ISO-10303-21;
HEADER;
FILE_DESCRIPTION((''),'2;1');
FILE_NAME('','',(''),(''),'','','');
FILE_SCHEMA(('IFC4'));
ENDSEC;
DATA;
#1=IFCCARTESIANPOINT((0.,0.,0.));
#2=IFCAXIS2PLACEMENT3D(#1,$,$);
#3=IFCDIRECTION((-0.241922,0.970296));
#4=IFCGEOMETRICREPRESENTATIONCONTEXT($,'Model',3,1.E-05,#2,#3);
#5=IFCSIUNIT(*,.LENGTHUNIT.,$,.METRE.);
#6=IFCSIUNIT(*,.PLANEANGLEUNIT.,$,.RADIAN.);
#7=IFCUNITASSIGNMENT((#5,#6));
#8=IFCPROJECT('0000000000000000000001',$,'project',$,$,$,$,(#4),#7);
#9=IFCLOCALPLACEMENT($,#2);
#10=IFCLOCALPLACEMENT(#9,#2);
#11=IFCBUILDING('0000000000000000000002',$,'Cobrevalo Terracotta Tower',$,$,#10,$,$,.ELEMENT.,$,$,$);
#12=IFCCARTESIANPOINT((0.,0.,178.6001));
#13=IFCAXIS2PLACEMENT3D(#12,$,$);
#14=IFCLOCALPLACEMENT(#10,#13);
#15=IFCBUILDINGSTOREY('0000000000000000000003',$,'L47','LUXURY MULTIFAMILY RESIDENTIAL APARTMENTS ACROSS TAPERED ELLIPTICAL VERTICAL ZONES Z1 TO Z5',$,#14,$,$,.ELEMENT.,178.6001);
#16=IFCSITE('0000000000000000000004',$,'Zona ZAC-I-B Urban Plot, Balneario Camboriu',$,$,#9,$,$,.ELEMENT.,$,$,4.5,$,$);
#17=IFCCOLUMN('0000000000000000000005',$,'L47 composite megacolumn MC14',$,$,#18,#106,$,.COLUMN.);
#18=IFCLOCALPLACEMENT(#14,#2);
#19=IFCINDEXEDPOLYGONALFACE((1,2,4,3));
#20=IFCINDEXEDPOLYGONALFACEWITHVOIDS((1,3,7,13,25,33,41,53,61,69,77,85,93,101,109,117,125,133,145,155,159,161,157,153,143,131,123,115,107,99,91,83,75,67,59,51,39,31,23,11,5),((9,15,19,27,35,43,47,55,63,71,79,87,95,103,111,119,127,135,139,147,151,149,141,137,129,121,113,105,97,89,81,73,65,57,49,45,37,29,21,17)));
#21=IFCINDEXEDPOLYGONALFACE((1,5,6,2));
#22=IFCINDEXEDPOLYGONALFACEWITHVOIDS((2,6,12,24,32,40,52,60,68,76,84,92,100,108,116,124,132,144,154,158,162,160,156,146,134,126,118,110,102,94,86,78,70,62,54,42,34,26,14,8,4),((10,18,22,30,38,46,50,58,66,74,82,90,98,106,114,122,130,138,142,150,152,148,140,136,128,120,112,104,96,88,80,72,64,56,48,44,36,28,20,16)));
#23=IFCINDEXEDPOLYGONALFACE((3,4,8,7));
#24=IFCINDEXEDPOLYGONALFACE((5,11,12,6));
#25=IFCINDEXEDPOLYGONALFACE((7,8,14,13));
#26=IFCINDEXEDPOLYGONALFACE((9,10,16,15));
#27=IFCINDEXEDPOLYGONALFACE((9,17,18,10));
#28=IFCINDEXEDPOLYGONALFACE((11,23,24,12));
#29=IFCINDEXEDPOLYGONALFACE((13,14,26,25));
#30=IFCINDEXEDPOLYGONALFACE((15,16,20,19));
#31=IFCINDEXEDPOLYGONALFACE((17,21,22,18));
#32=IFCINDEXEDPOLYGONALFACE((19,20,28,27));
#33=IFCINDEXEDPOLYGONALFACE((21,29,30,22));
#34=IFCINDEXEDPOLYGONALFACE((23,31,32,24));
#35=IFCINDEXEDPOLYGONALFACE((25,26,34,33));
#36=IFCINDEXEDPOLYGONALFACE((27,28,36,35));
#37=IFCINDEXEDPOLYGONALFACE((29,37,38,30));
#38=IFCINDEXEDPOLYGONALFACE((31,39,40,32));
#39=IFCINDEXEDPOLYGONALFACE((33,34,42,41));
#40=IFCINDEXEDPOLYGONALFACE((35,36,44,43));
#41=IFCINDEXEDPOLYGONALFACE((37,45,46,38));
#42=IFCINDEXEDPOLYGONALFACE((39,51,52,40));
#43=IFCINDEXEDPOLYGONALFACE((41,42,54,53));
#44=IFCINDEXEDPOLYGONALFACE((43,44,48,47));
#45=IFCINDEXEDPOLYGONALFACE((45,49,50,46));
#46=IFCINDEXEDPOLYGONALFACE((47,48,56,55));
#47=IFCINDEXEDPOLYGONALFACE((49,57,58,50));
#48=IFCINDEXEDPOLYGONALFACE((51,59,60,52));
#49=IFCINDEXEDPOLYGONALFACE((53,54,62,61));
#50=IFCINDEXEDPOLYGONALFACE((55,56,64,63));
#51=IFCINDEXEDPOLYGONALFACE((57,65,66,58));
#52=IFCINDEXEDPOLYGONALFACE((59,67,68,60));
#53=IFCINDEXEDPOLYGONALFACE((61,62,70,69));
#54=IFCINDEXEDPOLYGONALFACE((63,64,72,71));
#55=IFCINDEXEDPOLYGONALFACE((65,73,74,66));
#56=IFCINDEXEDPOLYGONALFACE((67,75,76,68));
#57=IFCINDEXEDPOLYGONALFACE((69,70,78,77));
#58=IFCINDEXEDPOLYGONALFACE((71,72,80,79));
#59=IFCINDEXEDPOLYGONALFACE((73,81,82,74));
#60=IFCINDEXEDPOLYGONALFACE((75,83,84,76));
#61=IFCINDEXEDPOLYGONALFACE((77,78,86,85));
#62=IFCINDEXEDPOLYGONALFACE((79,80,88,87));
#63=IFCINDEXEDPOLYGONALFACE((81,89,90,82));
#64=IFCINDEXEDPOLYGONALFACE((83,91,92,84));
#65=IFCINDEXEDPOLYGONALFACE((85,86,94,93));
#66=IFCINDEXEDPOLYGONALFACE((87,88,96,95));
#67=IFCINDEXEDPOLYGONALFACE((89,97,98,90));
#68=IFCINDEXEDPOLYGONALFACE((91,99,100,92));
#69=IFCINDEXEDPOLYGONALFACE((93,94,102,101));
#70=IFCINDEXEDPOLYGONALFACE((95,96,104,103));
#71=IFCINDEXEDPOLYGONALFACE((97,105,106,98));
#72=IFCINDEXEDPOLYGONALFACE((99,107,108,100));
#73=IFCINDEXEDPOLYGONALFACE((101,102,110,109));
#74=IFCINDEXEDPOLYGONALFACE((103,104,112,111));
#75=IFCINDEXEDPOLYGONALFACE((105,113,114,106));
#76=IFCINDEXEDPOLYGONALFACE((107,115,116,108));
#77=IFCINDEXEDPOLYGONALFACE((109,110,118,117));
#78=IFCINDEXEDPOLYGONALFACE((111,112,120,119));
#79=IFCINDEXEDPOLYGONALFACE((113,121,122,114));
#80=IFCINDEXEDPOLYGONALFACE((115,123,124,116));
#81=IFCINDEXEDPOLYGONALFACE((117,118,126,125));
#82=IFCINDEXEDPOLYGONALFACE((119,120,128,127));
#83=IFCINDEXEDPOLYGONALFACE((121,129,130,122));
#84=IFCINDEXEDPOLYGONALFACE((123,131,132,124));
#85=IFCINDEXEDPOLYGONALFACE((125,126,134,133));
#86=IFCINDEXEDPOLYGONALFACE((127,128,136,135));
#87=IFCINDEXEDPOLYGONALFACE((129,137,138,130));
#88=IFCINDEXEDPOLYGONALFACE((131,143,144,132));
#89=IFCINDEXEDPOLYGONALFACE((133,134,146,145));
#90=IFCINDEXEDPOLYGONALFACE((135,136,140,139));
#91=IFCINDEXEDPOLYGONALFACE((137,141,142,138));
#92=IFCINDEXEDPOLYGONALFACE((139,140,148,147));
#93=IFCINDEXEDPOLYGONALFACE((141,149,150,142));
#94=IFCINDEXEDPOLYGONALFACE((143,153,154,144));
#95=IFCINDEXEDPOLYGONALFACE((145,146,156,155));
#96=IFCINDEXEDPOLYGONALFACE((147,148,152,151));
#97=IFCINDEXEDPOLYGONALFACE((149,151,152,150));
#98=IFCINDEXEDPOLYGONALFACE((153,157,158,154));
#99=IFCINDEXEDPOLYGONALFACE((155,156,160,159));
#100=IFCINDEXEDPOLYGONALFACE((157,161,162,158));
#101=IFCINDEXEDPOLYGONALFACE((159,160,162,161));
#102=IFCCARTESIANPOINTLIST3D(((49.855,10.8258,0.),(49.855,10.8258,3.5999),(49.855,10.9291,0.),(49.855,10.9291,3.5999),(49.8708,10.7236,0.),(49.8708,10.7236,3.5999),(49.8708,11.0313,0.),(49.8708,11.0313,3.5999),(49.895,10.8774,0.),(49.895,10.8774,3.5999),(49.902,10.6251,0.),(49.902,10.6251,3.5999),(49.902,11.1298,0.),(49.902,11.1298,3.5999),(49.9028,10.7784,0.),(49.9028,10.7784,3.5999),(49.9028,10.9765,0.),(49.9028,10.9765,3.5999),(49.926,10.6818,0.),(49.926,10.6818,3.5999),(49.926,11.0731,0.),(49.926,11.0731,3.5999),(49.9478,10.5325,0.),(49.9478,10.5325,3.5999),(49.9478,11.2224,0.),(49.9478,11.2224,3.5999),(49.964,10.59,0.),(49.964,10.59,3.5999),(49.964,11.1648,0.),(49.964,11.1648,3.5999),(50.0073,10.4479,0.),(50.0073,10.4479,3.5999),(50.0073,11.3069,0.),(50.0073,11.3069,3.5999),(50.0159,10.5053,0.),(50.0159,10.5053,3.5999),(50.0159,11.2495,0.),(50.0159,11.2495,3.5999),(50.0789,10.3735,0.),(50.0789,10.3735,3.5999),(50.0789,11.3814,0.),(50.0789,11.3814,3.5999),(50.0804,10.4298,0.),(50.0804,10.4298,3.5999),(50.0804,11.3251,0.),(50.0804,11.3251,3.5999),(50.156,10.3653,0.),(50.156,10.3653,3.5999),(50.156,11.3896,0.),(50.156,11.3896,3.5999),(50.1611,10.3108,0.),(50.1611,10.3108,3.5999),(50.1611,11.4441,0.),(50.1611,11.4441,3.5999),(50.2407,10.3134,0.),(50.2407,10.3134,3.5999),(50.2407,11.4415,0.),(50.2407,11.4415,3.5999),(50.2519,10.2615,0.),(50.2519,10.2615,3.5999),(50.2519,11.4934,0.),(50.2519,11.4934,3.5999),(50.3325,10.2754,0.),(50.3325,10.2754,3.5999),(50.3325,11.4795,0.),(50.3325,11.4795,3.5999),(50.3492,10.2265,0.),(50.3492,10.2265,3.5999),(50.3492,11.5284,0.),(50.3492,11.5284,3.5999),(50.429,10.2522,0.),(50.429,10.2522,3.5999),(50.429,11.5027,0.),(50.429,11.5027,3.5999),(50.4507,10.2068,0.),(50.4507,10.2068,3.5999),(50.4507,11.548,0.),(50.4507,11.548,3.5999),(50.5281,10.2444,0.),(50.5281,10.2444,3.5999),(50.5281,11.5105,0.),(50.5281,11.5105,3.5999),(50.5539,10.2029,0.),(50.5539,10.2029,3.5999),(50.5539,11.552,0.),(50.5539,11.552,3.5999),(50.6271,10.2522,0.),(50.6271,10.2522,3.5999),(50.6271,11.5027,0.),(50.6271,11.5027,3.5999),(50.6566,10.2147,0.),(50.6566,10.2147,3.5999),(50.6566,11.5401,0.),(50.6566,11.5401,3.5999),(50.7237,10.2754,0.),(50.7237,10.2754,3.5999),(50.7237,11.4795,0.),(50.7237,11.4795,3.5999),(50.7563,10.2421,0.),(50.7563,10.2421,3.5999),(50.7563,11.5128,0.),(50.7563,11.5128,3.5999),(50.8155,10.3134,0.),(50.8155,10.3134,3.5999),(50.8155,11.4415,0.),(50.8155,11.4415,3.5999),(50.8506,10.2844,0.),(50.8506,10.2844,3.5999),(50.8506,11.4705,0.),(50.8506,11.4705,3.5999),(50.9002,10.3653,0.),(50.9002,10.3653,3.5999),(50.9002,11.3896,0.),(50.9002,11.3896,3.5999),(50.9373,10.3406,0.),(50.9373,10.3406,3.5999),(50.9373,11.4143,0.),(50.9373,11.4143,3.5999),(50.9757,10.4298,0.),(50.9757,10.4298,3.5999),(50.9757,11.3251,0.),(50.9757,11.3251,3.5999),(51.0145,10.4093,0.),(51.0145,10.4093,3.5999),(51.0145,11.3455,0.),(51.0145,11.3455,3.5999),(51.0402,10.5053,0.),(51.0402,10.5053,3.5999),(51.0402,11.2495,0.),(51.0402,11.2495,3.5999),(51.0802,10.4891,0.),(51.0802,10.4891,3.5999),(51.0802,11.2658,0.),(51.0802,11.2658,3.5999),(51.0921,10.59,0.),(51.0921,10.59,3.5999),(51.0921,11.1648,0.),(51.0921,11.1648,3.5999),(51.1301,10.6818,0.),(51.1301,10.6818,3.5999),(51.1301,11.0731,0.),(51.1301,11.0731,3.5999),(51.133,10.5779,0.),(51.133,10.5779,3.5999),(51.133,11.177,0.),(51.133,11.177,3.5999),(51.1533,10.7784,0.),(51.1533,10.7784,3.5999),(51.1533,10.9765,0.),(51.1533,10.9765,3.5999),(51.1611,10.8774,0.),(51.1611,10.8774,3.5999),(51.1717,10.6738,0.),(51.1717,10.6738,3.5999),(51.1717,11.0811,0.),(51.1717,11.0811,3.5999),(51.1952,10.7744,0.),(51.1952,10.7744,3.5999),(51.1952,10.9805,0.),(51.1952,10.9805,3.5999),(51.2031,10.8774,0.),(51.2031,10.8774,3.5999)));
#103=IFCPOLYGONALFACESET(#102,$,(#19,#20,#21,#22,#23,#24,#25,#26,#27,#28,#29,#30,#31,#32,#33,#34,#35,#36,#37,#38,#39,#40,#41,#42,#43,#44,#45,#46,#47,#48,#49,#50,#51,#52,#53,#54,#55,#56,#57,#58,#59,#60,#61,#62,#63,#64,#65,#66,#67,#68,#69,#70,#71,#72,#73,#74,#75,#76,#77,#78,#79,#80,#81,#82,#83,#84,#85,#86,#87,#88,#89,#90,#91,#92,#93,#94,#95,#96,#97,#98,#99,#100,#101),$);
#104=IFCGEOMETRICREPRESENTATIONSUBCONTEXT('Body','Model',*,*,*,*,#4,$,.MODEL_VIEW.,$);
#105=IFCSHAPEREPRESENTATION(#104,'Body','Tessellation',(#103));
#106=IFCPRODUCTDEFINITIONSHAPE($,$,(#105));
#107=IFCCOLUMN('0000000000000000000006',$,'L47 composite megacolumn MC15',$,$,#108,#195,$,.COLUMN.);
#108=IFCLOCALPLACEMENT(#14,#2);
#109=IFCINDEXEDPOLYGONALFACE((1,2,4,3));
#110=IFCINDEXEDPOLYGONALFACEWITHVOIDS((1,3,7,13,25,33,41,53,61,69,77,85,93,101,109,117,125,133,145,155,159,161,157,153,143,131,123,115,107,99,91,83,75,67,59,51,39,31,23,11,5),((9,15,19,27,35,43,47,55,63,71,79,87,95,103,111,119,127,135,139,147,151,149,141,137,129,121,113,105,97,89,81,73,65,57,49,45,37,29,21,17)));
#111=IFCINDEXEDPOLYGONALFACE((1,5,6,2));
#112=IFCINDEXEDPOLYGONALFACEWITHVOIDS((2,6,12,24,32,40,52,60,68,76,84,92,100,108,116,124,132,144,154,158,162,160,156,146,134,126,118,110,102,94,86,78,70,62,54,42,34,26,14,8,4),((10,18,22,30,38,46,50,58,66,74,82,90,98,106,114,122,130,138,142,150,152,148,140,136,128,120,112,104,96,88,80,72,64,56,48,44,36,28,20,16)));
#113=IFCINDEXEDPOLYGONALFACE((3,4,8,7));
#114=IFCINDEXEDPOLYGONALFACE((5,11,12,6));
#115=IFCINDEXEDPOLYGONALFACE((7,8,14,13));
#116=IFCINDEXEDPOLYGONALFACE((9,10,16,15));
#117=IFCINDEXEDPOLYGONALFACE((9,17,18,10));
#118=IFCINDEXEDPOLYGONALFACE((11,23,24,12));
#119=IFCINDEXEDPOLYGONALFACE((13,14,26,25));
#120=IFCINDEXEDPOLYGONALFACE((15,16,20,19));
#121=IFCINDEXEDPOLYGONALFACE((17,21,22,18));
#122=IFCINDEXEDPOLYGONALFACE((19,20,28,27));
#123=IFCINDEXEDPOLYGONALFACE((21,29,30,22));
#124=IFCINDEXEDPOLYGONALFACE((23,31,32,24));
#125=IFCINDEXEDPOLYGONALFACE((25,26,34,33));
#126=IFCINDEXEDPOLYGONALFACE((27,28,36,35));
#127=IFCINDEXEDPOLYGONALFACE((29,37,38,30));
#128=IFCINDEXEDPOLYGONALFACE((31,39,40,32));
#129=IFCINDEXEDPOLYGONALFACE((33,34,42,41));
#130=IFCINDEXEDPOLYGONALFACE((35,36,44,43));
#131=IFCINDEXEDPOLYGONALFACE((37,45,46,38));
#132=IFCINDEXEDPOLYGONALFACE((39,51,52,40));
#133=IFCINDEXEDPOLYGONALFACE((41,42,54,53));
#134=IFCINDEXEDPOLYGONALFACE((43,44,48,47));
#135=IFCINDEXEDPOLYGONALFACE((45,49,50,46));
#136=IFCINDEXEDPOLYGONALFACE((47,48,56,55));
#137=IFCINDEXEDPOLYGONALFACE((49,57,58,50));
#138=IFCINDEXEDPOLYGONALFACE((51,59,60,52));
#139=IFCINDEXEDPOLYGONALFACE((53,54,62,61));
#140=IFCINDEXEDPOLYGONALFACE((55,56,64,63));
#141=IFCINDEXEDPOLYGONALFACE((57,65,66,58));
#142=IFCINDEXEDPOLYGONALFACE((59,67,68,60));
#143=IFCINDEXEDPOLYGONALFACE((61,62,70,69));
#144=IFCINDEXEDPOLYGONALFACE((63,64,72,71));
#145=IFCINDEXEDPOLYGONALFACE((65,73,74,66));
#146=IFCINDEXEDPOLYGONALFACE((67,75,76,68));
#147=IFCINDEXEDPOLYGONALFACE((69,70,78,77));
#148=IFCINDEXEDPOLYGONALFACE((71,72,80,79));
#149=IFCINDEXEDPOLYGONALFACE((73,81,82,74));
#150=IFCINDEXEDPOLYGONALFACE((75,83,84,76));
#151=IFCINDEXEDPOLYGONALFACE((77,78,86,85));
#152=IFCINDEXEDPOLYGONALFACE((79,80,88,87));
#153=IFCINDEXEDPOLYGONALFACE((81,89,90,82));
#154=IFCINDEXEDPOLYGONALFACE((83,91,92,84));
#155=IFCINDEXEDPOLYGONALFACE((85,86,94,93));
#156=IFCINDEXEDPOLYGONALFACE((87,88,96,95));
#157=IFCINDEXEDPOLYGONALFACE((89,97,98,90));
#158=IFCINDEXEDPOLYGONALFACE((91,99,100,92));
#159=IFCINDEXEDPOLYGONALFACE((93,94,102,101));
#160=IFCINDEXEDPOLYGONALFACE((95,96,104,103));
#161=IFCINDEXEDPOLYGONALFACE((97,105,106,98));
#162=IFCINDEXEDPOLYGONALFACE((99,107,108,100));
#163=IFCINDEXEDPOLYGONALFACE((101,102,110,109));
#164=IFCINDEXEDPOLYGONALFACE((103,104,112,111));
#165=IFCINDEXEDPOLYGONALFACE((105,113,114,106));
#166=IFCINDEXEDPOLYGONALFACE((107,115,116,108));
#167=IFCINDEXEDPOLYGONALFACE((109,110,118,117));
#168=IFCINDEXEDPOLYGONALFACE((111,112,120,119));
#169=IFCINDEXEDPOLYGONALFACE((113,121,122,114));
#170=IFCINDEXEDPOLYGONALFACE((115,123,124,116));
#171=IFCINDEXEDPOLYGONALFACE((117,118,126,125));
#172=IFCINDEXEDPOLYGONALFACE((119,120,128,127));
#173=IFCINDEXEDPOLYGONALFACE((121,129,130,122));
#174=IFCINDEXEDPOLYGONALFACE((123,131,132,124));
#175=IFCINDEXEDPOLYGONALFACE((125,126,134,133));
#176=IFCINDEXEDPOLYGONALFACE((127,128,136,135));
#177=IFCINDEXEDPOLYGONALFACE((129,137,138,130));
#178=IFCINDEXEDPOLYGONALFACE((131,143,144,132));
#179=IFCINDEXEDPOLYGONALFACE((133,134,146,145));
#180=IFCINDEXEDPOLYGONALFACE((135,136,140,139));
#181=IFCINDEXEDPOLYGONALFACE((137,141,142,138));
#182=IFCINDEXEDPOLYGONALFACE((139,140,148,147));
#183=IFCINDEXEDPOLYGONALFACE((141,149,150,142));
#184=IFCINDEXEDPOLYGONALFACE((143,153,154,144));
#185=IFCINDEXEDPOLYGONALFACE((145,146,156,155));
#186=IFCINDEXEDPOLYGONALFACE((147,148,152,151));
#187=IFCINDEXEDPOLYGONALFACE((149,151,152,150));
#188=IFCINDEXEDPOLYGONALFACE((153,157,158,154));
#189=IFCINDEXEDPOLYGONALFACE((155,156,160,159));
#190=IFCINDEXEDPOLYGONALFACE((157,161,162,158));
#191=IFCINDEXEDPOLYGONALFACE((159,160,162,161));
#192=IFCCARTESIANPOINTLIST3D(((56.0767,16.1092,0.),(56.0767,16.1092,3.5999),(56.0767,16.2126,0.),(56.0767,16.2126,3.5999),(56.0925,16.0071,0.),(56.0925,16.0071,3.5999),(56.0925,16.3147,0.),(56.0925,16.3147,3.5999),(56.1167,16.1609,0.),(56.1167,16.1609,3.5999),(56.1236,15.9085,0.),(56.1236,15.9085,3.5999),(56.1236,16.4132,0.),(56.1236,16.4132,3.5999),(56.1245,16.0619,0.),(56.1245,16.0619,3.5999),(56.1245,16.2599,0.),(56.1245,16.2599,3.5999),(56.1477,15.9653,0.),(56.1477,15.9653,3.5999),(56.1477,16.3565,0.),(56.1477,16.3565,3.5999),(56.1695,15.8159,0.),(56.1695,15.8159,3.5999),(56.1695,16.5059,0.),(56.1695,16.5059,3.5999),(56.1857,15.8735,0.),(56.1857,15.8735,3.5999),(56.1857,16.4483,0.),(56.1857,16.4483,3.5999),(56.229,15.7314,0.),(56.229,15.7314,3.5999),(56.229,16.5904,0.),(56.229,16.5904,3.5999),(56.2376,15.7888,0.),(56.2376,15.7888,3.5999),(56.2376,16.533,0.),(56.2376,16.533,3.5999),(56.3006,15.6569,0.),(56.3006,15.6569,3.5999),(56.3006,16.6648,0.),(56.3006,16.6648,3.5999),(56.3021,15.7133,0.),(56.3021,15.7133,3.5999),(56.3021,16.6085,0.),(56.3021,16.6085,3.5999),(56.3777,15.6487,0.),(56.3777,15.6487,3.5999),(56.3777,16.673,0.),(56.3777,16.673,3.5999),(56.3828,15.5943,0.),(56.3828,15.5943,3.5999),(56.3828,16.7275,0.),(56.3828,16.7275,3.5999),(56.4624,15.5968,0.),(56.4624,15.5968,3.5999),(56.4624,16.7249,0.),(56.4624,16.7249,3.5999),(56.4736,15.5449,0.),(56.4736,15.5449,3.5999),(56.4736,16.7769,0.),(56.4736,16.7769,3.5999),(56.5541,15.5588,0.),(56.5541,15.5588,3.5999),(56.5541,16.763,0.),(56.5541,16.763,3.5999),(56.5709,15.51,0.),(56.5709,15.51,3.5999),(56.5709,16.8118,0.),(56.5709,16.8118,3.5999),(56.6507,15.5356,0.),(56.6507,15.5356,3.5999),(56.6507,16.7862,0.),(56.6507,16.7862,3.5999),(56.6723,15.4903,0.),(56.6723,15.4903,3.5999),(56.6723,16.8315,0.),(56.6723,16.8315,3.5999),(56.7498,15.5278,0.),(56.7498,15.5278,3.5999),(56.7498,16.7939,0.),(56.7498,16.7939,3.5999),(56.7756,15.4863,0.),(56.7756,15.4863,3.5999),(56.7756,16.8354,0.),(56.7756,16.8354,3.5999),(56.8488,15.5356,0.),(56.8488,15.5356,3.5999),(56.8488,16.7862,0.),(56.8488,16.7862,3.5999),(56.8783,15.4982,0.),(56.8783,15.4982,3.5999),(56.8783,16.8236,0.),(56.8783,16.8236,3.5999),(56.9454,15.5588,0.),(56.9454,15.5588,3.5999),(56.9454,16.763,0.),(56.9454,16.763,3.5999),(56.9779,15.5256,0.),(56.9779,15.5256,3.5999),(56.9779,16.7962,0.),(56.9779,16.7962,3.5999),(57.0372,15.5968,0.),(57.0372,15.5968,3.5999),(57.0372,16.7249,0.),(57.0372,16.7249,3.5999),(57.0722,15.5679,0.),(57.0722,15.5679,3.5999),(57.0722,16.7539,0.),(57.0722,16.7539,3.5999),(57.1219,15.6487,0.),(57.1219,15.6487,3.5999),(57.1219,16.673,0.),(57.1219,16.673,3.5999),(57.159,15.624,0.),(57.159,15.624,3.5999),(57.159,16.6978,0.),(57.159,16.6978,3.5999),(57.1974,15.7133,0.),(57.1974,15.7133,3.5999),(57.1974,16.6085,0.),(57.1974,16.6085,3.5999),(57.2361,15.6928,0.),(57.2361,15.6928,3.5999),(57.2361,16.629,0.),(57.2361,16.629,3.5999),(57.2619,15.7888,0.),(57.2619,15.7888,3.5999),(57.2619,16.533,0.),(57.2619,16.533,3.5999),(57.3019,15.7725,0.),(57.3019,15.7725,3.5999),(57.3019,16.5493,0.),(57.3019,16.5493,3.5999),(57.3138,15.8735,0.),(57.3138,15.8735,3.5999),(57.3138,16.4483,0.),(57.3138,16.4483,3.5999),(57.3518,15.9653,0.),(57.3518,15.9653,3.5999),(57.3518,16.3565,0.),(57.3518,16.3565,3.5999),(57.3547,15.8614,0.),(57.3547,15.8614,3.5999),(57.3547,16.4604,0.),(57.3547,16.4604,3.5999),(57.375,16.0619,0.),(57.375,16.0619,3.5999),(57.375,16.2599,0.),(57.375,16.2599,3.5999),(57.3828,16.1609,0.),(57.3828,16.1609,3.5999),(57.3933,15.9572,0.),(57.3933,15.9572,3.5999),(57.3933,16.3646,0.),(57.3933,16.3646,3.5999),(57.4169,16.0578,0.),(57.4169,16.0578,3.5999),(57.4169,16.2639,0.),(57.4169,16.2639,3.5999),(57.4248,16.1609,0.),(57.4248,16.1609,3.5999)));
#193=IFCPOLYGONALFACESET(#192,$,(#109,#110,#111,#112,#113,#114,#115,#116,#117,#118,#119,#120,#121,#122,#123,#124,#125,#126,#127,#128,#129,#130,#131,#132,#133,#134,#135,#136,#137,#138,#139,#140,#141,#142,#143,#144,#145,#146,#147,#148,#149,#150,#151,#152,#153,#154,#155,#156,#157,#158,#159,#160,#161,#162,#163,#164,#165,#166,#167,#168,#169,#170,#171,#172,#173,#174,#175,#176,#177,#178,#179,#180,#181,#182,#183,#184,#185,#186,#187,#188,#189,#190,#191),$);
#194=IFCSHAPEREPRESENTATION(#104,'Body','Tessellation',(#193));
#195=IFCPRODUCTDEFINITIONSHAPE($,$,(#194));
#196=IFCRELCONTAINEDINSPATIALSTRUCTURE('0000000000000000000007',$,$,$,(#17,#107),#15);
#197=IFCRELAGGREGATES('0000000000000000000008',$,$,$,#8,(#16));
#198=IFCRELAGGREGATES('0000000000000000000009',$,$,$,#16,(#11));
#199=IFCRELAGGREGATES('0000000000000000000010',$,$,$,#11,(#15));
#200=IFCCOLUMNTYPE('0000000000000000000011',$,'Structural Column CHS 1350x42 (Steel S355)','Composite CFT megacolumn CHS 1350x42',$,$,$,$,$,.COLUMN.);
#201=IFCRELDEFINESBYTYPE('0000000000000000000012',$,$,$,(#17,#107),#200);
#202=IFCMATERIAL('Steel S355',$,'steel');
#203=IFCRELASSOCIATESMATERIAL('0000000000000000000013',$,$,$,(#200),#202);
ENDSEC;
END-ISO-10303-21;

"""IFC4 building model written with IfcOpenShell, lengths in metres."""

from ifc_helpers import new_model, si_unit, direction, frame, origin, origin_2d, place, context, subcontext, project, spatial, hollow_circle, extrude, material, material_profile, profile_set, type_object, element, save


model = new_model("IFC4")

# Units and contexts
model_context = context("Model", 3, precision=1e-05, world=origin(), true_north=direction((-0.241922, 0.970296)))
body_context = subcontext(model_context, "Body", "Model", "MODEL_VIEW")
ifc_project = project(units=[si_unit("LENGTHUNIT", "METRE"), si_unit("PLANEANGLEUNIT", "RADIAN")], contexts=[model_context])

# Site, building, storey
site_placement = place(None, origin())
site = spatial("IfcSite", under=ifc_project, at=site_placement, Name="Zona ZAC-I-B Urban Plot, Balneario Camboriu", CompositionType="ELEMENT", RefElevation=4.5)
building_placement = place(site_placement, origin())
building = spatial("IfcBuilding", under=site, at=building_placement, Name="Cobrevalo Terracotta Tower", CompositionType="ELEMENT")
storey_placement = place(building_placement, frame((0.0, 0.0, 178.6001)))
storey = spatial("IfcBuildingStorey", under=building, at=storey_placement, Name="L47", Description="LUXURY MULTIFAMILY RESIDENTIAL APARTMENTS ACROSS TAPERED ELLIPTICAL VERTICAL ZONES Z1 TO Z5", CompositionType="ELEMENT", Elevation=178.6001)

# Columns
ifc_material_1 = material(Name="Steel S355", Category="steel")
ifc_material_profile_1 = material_profile(ifc_material_1, hollow_circle(Radius=0.675, WallThickness=0.042, at=origin_2d()), Name="CHS 1350x42")
ifc_profile_set_1 = profile_set([ifc_material_profile_1], Name="Steel S355")
column_type = type_object("IfcColumnType", Name="Structural Column CHS 1350x42 (Steel S355)", Description="Composite CFT megacolumn CHS 1350x42", PredefinedType="COLUMN", material=ifc_profile_set_1)
for number, where, z_axis, x_axis, name in (
    (1, (50.5281, 10.8774, 0.0), (0.0, 0.0, 1.0), (1.0, 0.0, 0.0), "L47 composite megacolumn MC14"),
    (2, (56.7498, 16.1609, 0.0), (0.0, 0.0, 1.0), (1.0, 0.0, 0.0), "L47 composite megacolumn MC15"),
):
    element("IfcColumn", number, at=place(storey_placement, frame(where, z_axis=z_axis, x_axis=x_axis)), inside=storey, type_object=column_type, Name=name, PredefinedType="COLUMN", context=body_context, shape_type="SweptSolid", body=[
        extrude(hollow_circle(Radius=0.675, WallThickness=0.042, at=origin_2d()), origin(), (0.0, 0.0, 1.0), 3.5999),
    ])

save(model, "model.ifc")
